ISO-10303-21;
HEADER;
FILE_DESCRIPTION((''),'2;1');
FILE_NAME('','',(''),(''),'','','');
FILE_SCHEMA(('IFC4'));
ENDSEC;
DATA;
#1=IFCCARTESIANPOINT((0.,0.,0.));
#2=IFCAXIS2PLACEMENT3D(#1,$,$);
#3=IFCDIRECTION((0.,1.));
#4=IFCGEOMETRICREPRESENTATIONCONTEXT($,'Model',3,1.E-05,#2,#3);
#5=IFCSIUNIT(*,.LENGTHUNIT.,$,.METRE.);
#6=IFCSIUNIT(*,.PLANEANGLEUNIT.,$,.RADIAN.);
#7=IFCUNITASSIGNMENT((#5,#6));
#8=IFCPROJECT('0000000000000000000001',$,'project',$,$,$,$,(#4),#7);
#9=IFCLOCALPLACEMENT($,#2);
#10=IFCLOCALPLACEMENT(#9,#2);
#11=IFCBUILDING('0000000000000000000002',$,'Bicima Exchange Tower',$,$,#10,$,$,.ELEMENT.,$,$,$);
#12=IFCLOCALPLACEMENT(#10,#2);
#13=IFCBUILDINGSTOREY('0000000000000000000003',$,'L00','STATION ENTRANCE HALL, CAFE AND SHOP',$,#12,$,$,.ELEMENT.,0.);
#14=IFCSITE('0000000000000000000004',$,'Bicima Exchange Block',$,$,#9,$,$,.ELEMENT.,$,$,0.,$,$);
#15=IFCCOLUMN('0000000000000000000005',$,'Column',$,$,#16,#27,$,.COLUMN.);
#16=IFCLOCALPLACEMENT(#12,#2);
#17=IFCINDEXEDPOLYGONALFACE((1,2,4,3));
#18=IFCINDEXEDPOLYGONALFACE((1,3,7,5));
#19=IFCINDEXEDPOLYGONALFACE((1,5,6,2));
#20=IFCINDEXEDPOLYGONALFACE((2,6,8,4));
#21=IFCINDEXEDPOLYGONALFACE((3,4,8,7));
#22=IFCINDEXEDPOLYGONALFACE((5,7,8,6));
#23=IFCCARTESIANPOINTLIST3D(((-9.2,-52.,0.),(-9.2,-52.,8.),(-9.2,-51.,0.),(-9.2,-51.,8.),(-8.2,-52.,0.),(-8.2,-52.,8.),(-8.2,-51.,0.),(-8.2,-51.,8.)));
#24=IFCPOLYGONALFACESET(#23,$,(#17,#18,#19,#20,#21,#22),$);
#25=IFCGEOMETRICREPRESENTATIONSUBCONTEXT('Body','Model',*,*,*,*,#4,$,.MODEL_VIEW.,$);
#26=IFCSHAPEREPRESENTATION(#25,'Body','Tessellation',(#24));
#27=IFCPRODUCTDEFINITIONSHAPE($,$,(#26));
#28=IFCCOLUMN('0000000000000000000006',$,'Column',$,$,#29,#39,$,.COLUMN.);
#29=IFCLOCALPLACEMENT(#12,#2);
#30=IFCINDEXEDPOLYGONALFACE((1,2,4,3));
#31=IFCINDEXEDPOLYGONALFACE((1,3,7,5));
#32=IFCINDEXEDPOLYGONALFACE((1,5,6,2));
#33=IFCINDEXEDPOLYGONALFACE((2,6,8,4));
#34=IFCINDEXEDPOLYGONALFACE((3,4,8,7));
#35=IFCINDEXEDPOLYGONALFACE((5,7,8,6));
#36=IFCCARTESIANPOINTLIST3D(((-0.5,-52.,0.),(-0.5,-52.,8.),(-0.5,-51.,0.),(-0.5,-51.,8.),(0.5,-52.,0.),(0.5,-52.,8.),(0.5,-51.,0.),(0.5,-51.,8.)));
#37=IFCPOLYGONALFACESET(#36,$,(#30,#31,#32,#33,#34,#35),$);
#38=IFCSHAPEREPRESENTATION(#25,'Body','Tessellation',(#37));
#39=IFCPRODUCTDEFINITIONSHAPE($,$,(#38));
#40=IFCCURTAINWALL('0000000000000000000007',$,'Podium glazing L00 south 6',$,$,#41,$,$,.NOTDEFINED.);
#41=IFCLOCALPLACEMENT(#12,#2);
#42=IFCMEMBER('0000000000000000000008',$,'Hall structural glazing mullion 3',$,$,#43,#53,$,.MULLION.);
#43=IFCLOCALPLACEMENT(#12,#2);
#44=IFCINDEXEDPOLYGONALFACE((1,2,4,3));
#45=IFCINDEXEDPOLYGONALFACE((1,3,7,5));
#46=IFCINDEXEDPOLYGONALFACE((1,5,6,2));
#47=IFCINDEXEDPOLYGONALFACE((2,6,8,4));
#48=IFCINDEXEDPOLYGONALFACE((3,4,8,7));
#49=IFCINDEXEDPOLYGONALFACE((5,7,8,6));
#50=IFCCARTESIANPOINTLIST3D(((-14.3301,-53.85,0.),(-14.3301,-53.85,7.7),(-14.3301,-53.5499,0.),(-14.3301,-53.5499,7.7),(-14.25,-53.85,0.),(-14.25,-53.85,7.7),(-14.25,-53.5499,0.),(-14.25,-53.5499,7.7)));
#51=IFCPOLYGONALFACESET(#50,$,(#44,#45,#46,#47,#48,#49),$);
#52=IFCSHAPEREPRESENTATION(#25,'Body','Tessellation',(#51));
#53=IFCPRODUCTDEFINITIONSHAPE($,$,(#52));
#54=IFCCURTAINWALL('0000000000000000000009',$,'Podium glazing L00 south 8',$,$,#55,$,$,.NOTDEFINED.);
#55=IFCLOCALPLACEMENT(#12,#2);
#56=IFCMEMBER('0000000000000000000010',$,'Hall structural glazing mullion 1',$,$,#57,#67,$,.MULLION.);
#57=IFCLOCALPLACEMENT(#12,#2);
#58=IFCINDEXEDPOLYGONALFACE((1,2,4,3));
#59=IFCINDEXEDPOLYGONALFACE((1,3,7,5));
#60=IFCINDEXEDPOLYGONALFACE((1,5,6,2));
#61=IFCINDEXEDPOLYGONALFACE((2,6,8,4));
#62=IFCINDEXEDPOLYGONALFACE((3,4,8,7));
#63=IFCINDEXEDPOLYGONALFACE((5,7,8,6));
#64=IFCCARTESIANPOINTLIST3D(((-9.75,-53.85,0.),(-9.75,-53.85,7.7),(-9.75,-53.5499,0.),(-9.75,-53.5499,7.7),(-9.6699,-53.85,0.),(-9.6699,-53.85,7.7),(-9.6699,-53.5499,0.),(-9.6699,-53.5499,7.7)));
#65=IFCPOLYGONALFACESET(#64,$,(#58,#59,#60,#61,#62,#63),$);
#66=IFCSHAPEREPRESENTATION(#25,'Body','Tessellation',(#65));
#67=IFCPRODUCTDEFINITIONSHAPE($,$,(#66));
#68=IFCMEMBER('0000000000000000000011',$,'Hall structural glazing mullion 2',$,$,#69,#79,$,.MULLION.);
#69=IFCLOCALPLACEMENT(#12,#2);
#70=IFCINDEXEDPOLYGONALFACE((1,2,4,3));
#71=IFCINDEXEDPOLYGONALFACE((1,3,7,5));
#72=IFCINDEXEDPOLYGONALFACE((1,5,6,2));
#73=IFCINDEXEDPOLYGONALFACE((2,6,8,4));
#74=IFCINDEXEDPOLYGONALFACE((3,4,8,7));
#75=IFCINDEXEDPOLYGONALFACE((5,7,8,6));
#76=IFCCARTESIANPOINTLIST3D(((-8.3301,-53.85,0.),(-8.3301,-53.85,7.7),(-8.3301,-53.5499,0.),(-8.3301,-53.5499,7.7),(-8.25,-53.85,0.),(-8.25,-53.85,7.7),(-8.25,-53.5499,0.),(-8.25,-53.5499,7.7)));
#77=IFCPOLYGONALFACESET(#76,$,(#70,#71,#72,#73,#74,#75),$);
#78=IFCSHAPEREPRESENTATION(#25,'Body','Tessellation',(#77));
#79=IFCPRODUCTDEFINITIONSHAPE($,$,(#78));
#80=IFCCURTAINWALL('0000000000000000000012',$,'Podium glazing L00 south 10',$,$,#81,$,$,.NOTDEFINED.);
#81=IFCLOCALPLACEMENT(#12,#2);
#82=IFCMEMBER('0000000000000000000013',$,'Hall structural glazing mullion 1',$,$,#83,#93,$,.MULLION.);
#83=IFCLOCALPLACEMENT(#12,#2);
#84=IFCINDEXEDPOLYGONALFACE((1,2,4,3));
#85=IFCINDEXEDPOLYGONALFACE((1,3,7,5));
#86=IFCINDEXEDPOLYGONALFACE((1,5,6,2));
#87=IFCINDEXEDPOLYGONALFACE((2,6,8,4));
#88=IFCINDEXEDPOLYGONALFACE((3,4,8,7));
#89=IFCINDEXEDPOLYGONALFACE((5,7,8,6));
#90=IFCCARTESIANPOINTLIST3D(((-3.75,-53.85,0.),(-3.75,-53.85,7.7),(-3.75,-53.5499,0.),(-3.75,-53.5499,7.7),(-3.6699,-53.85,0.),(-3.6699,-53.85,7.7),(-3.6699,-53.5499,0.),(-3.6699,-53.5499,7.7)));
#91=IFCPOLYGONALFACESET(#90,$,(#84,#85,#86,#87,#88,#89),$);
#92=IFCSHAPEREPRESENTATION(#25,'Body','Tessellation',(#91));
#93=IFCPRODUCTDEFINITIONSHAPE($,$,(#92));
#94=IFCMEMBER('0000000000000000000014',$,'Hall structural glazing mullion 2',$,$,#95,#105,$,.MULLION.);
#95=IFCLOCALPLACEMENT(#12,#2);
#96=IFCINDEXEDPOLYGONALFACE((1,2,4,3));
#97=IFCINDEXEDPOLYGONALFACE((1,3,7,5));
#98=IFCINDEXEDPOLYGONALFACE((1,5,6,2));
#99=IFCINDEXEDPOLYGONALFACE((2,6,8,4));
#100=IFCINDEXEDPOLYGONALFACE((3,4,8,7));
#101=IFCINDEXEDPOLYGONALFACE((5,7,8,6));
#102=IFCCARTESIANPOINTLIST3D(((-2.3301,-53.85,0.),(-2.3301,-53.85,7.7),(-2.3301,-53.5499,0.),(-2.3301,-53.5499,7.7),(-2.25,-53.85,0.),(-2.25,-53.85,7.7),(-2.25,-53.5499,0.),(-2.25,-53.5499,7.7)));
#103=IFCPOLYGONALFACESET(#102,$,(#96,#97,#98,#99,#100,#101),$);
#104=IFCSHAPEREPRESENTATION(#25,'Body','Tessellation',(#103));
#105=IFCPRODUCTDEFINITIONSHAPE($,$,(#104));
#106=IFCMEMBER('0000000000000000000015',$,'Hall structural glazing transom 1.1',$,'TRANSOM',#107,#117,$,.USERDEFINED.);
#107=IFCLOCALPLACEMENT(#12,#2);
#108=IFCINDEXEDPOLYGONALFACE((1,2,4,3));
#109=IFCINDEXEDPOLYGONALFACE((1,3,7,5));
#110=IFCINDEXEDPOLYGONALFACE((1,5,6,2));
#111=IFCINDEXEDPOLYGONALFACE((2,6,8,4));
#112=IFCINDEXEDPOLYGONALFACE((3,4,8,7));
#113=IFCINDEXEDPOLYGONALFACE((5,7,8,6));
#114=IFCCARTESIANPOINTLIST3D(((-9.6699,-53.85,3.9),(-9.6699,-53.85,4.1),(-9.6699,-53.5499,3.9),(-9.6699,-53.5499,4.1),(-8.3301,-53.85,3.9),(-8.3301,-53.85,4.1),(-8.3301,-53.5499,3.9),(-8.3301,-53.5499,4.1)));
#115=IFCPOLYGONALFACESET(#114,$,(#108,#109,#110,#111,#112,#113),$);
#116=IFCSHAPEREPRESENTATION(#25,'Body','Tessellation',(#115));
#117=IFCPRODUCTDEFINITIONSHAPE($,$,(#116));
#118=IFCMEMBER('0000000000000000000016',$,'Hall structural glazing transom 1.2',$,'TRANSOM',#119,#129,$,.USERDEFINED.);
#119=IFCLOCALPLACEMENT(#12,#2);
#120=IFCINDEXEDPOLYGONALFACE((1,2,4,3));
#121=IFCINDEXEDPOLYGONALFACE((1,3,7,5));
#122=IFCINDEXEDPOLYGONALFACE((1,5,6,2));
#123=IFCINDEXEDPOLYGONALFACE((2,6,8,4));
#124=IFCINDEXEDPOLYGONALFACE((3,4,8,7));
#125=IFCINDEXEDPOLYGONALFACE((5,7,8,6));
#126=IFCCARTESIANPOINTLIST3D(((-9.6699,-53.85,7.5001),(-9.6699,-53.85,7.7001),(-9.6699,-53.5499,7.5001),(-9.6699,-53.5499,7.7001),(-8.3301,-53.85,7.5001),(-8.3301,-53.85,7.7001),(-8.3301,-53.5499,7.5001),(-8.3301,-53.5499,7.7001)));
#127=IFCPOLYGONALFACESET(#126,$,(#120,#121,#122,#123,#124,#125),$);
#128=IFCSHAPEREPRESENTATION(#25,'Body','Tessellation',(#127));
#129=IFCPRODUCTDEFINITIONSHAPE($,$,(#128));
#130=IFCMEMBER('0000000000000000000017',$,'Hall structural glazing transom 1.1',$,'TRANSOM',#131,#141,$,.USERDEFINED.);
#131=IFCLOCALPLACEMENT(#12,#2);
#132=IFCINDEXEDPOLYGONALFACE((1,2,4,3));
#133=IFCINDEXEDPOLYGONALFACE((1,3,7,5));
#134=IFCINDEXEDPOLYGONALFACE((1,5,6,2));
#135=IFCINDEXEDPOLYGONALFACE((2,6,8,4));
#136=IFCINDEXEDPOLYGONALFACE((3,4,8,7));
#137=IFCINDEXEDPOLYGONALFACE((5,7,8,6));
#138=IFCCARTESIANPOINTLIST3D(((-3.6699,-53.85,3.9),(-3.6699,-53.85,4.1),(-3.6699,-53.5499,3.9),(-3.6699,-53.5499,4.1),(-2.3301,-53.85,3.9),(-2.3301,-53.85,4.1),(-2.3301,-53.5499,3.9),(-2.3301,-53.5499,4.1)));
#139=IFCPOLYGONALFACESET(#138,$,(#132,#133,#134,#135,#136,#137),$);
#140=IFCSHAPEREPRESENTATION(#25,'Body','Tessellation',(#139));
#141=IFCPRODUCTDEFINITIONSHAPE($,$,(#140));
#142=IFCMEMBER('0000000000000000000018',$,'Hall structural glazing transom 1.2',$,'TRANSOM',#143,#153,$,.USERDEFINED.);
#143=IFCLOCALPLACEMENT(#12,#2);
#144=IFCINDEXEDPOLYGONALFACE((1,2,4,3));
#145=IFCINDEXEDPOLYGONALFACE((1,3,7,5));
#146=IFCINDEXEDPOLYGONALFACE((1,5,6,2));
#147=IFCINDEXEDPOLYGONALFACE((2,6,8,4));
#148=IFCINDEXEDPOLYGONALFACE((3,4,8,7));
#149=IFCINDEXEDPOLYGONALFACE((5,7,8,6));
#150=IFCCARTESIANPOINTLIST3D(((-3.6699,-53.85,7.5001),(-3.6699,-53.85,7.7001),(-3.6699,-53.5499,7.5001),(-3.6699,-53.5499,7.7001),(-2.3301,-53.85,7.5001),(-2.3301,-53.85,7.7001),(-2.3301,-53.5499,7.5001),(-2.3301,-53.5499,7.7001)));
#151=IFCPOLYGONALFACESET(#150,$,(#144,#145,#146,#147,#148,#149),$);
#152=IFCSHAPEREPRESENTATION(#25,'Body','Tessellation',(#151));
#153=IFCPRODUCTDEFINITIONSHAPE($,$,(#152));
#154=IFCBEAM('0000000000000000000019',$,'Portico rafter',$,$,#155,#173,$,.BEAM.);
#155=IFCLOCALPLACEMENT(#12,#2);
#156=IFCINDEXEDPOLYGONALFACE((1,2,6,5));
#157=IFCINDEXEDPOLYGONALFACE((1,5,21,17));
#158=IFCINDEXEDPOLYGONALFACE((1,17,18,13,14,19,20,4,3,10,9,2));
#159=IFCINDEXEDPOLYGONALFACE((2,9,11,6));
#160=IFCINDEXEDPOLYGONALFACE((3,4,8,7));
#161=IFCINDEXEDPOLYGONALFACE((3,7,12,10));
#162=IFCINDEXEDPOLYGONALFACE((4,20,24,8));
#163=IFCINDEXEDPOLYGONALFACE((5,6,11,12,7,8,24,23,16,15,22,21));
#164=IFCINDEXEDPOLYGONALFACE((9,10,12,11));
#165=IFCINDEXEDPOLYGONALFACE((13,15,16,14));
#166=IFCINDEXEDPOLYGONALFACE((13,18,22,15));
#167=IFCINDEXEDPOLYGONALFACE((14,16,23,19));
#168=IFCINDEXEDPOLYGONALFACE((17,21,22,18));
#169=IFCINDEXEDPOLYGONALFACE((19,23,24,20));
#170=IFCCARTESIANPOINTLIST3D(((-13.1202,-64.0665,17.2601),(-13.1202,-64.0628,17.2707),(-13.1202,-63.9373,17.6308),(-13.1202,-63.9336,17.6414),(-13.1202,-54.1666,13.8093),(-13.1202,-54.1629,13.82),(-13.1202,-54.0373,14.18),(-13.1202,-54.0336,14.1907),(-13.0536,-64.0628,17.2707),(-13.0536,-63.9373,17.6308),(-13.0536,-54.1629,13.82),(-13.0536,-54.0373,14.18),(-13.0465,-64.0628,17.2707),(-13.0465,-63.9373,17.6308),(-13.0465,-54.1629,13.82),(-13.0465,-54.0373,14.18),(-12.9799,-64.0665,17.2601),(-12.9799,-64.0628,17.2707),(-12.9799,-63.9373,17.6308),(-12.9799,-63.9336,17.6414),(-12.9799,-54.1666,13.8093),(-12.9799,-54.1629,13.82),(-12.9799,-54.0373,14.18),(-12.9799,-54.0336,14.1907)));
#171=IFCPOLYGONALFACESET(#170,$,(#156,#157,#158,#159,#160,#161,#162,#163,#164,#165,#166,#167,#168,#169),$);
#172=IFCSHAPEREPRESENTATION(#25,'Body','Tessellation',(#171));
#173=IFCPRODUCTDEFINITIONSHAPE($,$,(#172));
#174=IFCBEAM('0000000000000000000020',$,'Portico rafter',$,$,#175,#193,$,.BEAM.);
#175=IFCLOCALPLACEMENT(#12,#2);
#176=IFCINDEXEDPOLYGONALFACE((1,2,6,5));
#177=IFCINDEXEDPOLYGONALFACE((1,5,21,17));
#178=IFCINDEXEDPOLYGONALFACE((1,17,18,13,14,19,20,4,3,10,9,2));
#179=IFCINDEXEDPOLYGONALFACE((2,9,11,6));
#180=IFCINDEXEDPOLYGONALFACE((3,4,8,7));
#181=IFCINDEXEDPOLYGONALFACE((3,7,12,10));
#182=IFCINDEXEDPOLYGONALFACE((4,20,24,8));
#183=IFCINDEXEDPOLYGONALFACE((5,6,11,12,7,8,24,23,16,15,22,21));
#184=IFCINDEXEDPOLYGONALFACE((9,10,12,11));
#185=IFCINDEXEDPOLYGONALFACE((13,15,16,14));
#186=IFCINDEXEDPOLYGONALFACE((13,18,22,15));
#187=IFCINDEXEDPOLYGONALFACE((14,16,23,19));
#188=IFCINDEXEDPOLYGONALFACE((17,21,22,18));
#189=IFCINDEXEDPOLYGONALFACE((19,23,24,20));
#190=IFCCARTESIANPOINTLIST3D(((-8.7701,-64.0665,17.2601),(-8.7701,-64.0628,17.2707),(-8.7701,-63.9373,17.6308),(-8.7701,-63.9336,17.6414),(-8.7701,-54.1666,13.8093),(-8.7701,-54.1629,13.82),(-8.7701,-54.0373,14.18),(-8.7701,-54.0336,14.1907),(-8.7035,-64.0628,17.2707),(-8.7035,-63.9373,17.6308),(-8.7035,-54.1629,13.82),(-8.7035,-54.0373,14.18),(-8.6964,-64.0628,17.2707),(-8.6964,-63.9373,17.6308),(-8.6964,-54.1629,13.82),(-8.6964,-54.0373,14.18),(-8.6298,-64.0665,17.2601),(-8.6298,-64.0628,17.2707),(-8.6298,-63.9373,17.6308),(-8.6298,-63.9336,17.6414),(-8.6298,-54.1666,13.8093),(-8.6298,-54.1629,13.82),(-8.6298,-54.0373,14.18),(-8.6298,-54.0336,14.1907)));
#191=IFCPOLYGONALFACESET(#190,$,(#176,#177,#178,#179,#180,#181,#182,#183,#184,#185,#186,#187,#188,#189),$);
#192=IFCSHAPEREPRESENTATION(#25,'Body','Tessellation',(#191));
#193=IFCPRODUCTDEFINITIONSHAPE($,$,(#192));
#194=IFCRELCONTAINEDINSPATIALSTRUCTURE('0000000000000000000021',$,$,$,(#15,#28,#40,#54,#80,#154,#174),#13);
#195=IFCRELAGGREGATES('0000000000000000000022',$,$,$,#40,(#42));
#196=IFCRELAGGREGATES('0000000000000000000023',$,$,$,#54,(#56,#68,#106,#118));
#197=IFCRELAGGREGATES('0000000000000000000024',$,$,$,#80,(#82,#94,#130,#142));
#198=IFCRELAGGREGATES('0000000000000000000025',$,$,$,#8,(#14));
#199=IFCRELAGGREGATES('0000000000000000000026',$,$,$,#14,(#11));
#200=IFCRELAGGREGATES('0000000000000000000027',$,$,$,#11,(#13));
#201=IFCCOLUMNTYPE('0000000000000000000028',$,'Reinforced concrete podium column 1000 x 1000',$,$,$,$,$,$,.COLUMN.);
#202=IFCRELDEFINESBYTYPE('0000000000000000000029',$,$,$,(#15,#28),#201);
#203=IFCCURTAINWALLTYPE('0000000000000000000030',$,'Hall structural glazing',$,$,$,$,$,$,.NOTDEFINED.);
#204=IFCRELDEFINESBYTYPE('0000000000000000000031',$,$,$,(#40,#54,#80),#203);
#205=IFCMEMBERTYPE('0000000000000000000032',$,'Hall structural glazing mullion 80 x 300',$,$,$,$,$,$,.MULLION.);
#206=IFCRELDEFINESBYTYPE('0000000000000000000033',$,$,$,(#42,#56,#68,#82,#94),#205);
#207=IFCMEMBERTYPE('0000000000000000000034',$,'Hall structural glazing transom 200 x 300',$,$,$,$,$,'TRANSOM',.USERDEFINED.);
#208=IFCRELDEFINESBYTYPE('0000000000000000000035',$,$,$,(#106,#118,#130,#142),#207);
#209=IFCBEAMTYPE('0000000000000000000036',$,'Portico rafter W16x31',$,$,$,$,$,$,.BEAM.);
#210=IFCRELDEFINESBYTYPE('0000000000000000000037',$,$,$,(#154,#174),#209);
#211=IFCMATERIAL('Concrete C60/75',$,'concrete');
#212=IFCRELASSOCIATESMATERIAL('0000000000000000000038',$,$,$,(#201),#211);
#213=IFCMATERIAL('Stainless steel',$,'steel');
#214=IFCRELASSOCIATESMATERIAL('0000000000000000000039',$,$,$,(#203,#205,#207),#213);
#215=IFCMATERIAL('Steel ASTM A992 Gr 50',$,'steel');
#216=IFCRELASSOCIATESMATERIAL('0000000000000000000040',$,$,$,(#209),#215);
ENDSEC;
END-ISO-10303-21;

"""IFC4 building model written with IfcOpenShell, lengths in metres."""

from ifc_helpers import new_model, si_unit, direction, frame, origin, origin_2d, place, context, subcontext, project, spatial, rectangle, i_section, extrude, material, material_profile, profile_set, type_object, element, aggregate, save


model = new_model("IFC4")

# Units and contexts
model_context = context("Model", 3, precision=1e-05, world=origin(), true_north=direction((0.0, 1.0)))
body_context = subcontext(model_context, "Body", "Model", "MODEL_VIEW")
ifc_project = project(units=[si_unit("LENGTHUNIT", "METRE"), si_unit("PLANEANGLEUNIT", "RADIAN")], contexts=[model_context])

# Site, building, storey
site_placement = place(None, origin())
site = spatial("IfcSite", under=ifc_project, at=site_placement, Name="Bicima Exchange Block", CompositionType="ELEMENT", RefElevation=0.0)
building_placement = place(site_placement, origin())
building = spatial("IfcBuilding", under=site, at=building_placement, Name="Bicima Exchange Tower", CompositionType="ELEMENT")
storey_placement = place(building_placement, origin())
storey = spatial("IfcBuildingStorey", under=building, at=storey_placement, Name="L00", Description="STATION ENTRANCE HALL, CAFE AND SHOP", CompositionType="ELEMENT", Elevation=0.0)

# Columns
ifc_material_1 = material(Name="Concrete C60/75", Category="concrete")
ifc_material_profile_1 = material_profile(ifc_material_1, rectangle(XDim=1.0, YDim=1.0, at=origin_2d()))
ifc_profile_set_1 = profile_set([ifc_material_profile_1], Name="Concrete C60/75")
column_type = type_object("IfcColumnType", Name="Reinforced concrete podium column 1000 x 1000", PredefinedType="COLUMN", material=ifc_profile_set_1)
for number, where, z_axis, x_axis, name in (
    (1, (-8.7, -51.5, 0.0), (0.0, 0.0, 1.0), (1.0, 0.0, 0.0), "Column"),
    (2, (0.0, -51.5, 0.0), (0.0, 0.0, 1.0), (1.0, 0.0, 0.0), "Column"),
):
    element("IfcColumn", number, at=place(storey_placement, frame(where, z_axis=z_axis, x_axis=x_axis)), inside=storey, type_object=column_type, Name=name, PredefinedType="COLUMN", context=body_context, shape_type="SweptSolid", body=[
        extrude(rectangle(XDim=1.0, YDim=1.0, at=origin_2d()), origin(), (0.0, 0.0, 1.0), 8.0),
    ])

# Curtain wall, member
ifc_material_2 = material(Name="Stainless steel", Category="steel")
curtain_wall_type = type_object("IfcCurtainWallType", Name="Hall structural glazing", PredefinedType="NOTDEFINED", material=ifc_material_2)
curtain_wall_1_placement = place(storey_placement, origin())
curtain_wall_1 = element("IfcCurtainWall", 3, at=curtain_wall_1_placement, inside=storey, type_object=curtain_wall_type, Name="Podium glazing L00 south 6", PredefinedType="NOTDEFINED")
ifc_material_profile_2 = material_profile(ifc_material_2, rectangle(XDim=0.3, YDim=0.0801, at=origin_2d()))
ifc_profile_set_2 = profile_set([ifc_material_profile_2], Name="Stainless steel")
member_type_1 = type_object("IfcMemberType", Name="Hall structural glazing mullion 80 x 300", PredefinedType="MULLION", material=ifc_profile_set_2)
member_1_placement = place(storey_placement, frame((-14.29, -53.7, 0.0), z_axis=(0.0, 0.0, 1.0), x_axis=(0.0, 1.0, 0.0)))
member_1 = element("IfcMember", 4, at=member_1_placement, type_object=member_type_1, Name="Hall structural glazing mullion 3", PredefinedType="MULLION", context=body_context, shape_type="SweptSolid", body=[
    extrude(rectangle(XDim=0.3, YDim=0.0801, at=origin_2d()), origin(), (0.0, 0.0, 1.0), 7.7),
])

# Curtain walls, members
curtain_wall_2_placement = place(storey_placement, origin())
curtain_wall_2 = element("IfcCurtainWall", 5, at=curtain_wall_2_placement, inside=storey, type_object=curtain_wall_type, Name="Podium glazing L00 south 8", PredefinedType="NOTDEFINED")
member_2_placement = place(storey_placement, frame((-9.71, -53.7, 0.0), z_axis=(0.0, 0.0, 1.0), x_axis=(0.0, 1.0, 0.0)))
member_2 = element("IfcMember", 6, at=member_2_placement, type_object=member_type_1, Name="Hall structural glazing mullion 1", PredefinedType="MULLION", context=body_context, shape_type="SweptSolid", body=[
    extrude(rectangle(XDim=0.3, YDim=0.0801, at=origin_2d()), origin(), (0.0, 0.0, 1.0), 7.7),
])
member_3_placement = place(storey_placement, frame((-8.29, -53.7, 0.0), z_axis=(0.0, 0.0, 1.0), x_axis=(0.0, 1.0, 0.0)))
member_3 = element("IfcMember", 7, at=member_3_placement, type_object=member_type_1, Name="Hall structural glazing mullion 2", PredefinedType="MULLION", context=body_context, shape_type="SweptSolid", body=[
    extrude(rectangle(XDim=0.3, YDim=0.0801, at=origin_2d()), origin(), (0.0, 0.0, 1.0), 7.7),
])
curtain_wall_3_placement = place(storey_placement, origin())
curtain_wall_3 = element("IfcCurtainWall", 8, at=curtain_wall_3_placement, inside=storey, type_object=curtain_wall_type, Name="Podium glazing L00 south 10", PredefinedType="NOTDEFINED")
member_4_placement = place(storey_placement, frame((-3.71, -53.7, 0.0), z_axis=(0.0, 0.0, 1.0), x_axis=(0.0, 1.0, 0.0)))
member_4 = element("IfcMember", 9, at=member_4_placement, type_object=member_type_1, Name="Hall structural glazing mullion 1", PredefinedType="MULLION", context=body_context, shape_type="SweptSolid", body=[
    extrude(rectangle(XDim=0.3, YDim=0.0801, at=origin_2d()), origin(), (0.0, 0.0, 1.0), 7.7),
])
member_5_placement = place(storey_placement, frame((-2.29, -53.7, 0.0), z_axis=(0.0, 0.0, 1.0), x_axis=(0.0, 1.0, 0.0)))
member_5 = element("IfcMember", 10, at=member_5_placement, type_object=member_type_1, Name="Hall structural glazing mullion 2", PredefinedType="MULLION", context=body_context, shape_type="SweptSolid", body=[
    extrude(rectangle(XDim=0.3, YDim=0.0801, at=origin_2d()), origin(), (0.0, 0.0, 1.0), 7.7),
])

# Members
ifc_material_profile_3 = material_profile(ifc_material_2, rectangle(XDim=0.3, YDim=0.2, at=origin_2d()))
ifc_profile_set_3 = profile_set([ifc_material_profile_3], Name="Stainless steel")
member_type_2 = type_object("IfcMemberType", Name="Hall structural glazing transom 200 x 300", ElementType="TRANSOM", PredefinedType="USERDEFINED", material=ifc_profile_set_3)
member_6_placement = place(storey_placement, frame((-9.6699, -53.7, 4.0), z_axis=(1.0, 0.0, 0.0), x_axis=(0.0, 1.0, 0.0)))
member_6 = element("IfcMember", 11, at=member_6_placement, type_object=member_type_2, Name="Hall structural glazing transom 1.1", ObjectType="TRANSOM", PredefinedType="USERDEFINED", context=body_context, shape_type="SweptSolid", body=[
    extrude(rectangle(XDim=0.3, YDim=0.2, at=origin_2d()), origin(), (0.0, 0.0, 1.0), 1.3398),
])
member_7_placement = place(storey_placement, frame((-9.6699, -53.7, 7.6001), z_axis=(1.0, 0.0, 0.0), x_axis=(0.0, 1.0, 0.0)))
member_7 = element("IfcMember", 12, at=member_7_placement, type_object=member_type_2, Name="Hall structural glazing transom 1.2", ObjectType="TRANSOM", PredefinedType="USERDEFINED", context=body_context, shape_type="SweptSolid", body=[
    extrude(rectangle(XDim=0.3, YDim=0.2, at=origin_2d()), origin(), (0.0, 0.0, 1.0), 1.3398),
])
member_8_placement = place(storey_placement, frame((-3.6699, -53.7, 4.0), z_axis=(1.0, 0.0, 0.0), x_axis=(0.0, 1.0, 0.0)))
member_8 = element("IfcMember", 13, at=member_8_placement, type_object=member_type_2, Name="Hall structural glazing transom 1.1", ObjectType="TRANSOM", PredefinedType="USERDEFINED", context=body_context, shape_type="SweptSolid", body=[
    extrude(rectangle(XDim=0.3, YDim=0.2, at=origin_2d()), origin(), (0.0, 0.0, 1.0), 1.3398),
])
member_9_placement = place(storey_placement, frame((-3.6699, -53.7, 7.6001), z_axis=(1.0, 0.0, 0.0), x_axis=(0.0, 1.0, 0.0)))
member_9 = element("IfcMember", 14, at=member_9_placement, type_object=member_type_2, Name="Hall structural glazing transom 1.2", ObjectType="TRANSOM", PredefinedType="USERDEFINED", context=body_context, shape_type="SweptSolid", body=[
    extrude(rectangle(XDim=0.3, YDim=0.2, at=origin_2d()), origin(), (0.0, 0.0, 1.0), 1.3398),
])

# Beams
ifc_material_3 = material(Name="Steel ASTM A992 Gr 50", Category="steel")
ifc_material_profile_4 = material_profile(ifc_material_3, i_section(OverallWidth=0.1404, OverallDepth=0.4038, WebThickness=0.0071, FlangeThickness=0.0112, at=origin_2d()))
ifc_profile_set_4 = profile_set([ifc_material_profile_4], Name="Steel ASTM A992 Gr 50")
beam_type = type_object("IfcBeamType", Name="Portico rafter W16x31", PredefinedType="BEAM", material=ifc_profile_set_4)
for number, where, z_axis, x_axis, name in (
    (15, (-13.05, -54.1001, 14.0), (0.0, -0.944282, 0.329137), (1.0, 0.0, 0.0), "Portico rafter"),
    (16, (-8.7, -54.1001, 14.0), (0.0, -0.944282, 0.329137), (1.0, 0.0, 0.0), "Portico rafter"),
):
    element("IfcBeam", number, at=place(storey_placement, frame(where, z_axis=z_axis, x_axis=x_axis)), inside=storey, type_object=beam_type, Name=name, PredefinedType="BEAM", context=body_context, shape_type="SweptSolid", body=[
        extrude(i_section(OverallWidth=0.1404, OverallDepth=0.4038, WebThickness=0.0071, FlangeThickness=0.0112, at=origin_2d()), origin(), (0.0, 0.0, 1.0), 10.4841),
    ])

aggregate(curtain_wall_1, [member_1])
aggregate(curtain_wall_2, [member_2, member_3, member_6, member_7])
aggregate(curtain_wall_3, [member_4, member_5, member_8, member_9])

save(model, "model.ifc")
